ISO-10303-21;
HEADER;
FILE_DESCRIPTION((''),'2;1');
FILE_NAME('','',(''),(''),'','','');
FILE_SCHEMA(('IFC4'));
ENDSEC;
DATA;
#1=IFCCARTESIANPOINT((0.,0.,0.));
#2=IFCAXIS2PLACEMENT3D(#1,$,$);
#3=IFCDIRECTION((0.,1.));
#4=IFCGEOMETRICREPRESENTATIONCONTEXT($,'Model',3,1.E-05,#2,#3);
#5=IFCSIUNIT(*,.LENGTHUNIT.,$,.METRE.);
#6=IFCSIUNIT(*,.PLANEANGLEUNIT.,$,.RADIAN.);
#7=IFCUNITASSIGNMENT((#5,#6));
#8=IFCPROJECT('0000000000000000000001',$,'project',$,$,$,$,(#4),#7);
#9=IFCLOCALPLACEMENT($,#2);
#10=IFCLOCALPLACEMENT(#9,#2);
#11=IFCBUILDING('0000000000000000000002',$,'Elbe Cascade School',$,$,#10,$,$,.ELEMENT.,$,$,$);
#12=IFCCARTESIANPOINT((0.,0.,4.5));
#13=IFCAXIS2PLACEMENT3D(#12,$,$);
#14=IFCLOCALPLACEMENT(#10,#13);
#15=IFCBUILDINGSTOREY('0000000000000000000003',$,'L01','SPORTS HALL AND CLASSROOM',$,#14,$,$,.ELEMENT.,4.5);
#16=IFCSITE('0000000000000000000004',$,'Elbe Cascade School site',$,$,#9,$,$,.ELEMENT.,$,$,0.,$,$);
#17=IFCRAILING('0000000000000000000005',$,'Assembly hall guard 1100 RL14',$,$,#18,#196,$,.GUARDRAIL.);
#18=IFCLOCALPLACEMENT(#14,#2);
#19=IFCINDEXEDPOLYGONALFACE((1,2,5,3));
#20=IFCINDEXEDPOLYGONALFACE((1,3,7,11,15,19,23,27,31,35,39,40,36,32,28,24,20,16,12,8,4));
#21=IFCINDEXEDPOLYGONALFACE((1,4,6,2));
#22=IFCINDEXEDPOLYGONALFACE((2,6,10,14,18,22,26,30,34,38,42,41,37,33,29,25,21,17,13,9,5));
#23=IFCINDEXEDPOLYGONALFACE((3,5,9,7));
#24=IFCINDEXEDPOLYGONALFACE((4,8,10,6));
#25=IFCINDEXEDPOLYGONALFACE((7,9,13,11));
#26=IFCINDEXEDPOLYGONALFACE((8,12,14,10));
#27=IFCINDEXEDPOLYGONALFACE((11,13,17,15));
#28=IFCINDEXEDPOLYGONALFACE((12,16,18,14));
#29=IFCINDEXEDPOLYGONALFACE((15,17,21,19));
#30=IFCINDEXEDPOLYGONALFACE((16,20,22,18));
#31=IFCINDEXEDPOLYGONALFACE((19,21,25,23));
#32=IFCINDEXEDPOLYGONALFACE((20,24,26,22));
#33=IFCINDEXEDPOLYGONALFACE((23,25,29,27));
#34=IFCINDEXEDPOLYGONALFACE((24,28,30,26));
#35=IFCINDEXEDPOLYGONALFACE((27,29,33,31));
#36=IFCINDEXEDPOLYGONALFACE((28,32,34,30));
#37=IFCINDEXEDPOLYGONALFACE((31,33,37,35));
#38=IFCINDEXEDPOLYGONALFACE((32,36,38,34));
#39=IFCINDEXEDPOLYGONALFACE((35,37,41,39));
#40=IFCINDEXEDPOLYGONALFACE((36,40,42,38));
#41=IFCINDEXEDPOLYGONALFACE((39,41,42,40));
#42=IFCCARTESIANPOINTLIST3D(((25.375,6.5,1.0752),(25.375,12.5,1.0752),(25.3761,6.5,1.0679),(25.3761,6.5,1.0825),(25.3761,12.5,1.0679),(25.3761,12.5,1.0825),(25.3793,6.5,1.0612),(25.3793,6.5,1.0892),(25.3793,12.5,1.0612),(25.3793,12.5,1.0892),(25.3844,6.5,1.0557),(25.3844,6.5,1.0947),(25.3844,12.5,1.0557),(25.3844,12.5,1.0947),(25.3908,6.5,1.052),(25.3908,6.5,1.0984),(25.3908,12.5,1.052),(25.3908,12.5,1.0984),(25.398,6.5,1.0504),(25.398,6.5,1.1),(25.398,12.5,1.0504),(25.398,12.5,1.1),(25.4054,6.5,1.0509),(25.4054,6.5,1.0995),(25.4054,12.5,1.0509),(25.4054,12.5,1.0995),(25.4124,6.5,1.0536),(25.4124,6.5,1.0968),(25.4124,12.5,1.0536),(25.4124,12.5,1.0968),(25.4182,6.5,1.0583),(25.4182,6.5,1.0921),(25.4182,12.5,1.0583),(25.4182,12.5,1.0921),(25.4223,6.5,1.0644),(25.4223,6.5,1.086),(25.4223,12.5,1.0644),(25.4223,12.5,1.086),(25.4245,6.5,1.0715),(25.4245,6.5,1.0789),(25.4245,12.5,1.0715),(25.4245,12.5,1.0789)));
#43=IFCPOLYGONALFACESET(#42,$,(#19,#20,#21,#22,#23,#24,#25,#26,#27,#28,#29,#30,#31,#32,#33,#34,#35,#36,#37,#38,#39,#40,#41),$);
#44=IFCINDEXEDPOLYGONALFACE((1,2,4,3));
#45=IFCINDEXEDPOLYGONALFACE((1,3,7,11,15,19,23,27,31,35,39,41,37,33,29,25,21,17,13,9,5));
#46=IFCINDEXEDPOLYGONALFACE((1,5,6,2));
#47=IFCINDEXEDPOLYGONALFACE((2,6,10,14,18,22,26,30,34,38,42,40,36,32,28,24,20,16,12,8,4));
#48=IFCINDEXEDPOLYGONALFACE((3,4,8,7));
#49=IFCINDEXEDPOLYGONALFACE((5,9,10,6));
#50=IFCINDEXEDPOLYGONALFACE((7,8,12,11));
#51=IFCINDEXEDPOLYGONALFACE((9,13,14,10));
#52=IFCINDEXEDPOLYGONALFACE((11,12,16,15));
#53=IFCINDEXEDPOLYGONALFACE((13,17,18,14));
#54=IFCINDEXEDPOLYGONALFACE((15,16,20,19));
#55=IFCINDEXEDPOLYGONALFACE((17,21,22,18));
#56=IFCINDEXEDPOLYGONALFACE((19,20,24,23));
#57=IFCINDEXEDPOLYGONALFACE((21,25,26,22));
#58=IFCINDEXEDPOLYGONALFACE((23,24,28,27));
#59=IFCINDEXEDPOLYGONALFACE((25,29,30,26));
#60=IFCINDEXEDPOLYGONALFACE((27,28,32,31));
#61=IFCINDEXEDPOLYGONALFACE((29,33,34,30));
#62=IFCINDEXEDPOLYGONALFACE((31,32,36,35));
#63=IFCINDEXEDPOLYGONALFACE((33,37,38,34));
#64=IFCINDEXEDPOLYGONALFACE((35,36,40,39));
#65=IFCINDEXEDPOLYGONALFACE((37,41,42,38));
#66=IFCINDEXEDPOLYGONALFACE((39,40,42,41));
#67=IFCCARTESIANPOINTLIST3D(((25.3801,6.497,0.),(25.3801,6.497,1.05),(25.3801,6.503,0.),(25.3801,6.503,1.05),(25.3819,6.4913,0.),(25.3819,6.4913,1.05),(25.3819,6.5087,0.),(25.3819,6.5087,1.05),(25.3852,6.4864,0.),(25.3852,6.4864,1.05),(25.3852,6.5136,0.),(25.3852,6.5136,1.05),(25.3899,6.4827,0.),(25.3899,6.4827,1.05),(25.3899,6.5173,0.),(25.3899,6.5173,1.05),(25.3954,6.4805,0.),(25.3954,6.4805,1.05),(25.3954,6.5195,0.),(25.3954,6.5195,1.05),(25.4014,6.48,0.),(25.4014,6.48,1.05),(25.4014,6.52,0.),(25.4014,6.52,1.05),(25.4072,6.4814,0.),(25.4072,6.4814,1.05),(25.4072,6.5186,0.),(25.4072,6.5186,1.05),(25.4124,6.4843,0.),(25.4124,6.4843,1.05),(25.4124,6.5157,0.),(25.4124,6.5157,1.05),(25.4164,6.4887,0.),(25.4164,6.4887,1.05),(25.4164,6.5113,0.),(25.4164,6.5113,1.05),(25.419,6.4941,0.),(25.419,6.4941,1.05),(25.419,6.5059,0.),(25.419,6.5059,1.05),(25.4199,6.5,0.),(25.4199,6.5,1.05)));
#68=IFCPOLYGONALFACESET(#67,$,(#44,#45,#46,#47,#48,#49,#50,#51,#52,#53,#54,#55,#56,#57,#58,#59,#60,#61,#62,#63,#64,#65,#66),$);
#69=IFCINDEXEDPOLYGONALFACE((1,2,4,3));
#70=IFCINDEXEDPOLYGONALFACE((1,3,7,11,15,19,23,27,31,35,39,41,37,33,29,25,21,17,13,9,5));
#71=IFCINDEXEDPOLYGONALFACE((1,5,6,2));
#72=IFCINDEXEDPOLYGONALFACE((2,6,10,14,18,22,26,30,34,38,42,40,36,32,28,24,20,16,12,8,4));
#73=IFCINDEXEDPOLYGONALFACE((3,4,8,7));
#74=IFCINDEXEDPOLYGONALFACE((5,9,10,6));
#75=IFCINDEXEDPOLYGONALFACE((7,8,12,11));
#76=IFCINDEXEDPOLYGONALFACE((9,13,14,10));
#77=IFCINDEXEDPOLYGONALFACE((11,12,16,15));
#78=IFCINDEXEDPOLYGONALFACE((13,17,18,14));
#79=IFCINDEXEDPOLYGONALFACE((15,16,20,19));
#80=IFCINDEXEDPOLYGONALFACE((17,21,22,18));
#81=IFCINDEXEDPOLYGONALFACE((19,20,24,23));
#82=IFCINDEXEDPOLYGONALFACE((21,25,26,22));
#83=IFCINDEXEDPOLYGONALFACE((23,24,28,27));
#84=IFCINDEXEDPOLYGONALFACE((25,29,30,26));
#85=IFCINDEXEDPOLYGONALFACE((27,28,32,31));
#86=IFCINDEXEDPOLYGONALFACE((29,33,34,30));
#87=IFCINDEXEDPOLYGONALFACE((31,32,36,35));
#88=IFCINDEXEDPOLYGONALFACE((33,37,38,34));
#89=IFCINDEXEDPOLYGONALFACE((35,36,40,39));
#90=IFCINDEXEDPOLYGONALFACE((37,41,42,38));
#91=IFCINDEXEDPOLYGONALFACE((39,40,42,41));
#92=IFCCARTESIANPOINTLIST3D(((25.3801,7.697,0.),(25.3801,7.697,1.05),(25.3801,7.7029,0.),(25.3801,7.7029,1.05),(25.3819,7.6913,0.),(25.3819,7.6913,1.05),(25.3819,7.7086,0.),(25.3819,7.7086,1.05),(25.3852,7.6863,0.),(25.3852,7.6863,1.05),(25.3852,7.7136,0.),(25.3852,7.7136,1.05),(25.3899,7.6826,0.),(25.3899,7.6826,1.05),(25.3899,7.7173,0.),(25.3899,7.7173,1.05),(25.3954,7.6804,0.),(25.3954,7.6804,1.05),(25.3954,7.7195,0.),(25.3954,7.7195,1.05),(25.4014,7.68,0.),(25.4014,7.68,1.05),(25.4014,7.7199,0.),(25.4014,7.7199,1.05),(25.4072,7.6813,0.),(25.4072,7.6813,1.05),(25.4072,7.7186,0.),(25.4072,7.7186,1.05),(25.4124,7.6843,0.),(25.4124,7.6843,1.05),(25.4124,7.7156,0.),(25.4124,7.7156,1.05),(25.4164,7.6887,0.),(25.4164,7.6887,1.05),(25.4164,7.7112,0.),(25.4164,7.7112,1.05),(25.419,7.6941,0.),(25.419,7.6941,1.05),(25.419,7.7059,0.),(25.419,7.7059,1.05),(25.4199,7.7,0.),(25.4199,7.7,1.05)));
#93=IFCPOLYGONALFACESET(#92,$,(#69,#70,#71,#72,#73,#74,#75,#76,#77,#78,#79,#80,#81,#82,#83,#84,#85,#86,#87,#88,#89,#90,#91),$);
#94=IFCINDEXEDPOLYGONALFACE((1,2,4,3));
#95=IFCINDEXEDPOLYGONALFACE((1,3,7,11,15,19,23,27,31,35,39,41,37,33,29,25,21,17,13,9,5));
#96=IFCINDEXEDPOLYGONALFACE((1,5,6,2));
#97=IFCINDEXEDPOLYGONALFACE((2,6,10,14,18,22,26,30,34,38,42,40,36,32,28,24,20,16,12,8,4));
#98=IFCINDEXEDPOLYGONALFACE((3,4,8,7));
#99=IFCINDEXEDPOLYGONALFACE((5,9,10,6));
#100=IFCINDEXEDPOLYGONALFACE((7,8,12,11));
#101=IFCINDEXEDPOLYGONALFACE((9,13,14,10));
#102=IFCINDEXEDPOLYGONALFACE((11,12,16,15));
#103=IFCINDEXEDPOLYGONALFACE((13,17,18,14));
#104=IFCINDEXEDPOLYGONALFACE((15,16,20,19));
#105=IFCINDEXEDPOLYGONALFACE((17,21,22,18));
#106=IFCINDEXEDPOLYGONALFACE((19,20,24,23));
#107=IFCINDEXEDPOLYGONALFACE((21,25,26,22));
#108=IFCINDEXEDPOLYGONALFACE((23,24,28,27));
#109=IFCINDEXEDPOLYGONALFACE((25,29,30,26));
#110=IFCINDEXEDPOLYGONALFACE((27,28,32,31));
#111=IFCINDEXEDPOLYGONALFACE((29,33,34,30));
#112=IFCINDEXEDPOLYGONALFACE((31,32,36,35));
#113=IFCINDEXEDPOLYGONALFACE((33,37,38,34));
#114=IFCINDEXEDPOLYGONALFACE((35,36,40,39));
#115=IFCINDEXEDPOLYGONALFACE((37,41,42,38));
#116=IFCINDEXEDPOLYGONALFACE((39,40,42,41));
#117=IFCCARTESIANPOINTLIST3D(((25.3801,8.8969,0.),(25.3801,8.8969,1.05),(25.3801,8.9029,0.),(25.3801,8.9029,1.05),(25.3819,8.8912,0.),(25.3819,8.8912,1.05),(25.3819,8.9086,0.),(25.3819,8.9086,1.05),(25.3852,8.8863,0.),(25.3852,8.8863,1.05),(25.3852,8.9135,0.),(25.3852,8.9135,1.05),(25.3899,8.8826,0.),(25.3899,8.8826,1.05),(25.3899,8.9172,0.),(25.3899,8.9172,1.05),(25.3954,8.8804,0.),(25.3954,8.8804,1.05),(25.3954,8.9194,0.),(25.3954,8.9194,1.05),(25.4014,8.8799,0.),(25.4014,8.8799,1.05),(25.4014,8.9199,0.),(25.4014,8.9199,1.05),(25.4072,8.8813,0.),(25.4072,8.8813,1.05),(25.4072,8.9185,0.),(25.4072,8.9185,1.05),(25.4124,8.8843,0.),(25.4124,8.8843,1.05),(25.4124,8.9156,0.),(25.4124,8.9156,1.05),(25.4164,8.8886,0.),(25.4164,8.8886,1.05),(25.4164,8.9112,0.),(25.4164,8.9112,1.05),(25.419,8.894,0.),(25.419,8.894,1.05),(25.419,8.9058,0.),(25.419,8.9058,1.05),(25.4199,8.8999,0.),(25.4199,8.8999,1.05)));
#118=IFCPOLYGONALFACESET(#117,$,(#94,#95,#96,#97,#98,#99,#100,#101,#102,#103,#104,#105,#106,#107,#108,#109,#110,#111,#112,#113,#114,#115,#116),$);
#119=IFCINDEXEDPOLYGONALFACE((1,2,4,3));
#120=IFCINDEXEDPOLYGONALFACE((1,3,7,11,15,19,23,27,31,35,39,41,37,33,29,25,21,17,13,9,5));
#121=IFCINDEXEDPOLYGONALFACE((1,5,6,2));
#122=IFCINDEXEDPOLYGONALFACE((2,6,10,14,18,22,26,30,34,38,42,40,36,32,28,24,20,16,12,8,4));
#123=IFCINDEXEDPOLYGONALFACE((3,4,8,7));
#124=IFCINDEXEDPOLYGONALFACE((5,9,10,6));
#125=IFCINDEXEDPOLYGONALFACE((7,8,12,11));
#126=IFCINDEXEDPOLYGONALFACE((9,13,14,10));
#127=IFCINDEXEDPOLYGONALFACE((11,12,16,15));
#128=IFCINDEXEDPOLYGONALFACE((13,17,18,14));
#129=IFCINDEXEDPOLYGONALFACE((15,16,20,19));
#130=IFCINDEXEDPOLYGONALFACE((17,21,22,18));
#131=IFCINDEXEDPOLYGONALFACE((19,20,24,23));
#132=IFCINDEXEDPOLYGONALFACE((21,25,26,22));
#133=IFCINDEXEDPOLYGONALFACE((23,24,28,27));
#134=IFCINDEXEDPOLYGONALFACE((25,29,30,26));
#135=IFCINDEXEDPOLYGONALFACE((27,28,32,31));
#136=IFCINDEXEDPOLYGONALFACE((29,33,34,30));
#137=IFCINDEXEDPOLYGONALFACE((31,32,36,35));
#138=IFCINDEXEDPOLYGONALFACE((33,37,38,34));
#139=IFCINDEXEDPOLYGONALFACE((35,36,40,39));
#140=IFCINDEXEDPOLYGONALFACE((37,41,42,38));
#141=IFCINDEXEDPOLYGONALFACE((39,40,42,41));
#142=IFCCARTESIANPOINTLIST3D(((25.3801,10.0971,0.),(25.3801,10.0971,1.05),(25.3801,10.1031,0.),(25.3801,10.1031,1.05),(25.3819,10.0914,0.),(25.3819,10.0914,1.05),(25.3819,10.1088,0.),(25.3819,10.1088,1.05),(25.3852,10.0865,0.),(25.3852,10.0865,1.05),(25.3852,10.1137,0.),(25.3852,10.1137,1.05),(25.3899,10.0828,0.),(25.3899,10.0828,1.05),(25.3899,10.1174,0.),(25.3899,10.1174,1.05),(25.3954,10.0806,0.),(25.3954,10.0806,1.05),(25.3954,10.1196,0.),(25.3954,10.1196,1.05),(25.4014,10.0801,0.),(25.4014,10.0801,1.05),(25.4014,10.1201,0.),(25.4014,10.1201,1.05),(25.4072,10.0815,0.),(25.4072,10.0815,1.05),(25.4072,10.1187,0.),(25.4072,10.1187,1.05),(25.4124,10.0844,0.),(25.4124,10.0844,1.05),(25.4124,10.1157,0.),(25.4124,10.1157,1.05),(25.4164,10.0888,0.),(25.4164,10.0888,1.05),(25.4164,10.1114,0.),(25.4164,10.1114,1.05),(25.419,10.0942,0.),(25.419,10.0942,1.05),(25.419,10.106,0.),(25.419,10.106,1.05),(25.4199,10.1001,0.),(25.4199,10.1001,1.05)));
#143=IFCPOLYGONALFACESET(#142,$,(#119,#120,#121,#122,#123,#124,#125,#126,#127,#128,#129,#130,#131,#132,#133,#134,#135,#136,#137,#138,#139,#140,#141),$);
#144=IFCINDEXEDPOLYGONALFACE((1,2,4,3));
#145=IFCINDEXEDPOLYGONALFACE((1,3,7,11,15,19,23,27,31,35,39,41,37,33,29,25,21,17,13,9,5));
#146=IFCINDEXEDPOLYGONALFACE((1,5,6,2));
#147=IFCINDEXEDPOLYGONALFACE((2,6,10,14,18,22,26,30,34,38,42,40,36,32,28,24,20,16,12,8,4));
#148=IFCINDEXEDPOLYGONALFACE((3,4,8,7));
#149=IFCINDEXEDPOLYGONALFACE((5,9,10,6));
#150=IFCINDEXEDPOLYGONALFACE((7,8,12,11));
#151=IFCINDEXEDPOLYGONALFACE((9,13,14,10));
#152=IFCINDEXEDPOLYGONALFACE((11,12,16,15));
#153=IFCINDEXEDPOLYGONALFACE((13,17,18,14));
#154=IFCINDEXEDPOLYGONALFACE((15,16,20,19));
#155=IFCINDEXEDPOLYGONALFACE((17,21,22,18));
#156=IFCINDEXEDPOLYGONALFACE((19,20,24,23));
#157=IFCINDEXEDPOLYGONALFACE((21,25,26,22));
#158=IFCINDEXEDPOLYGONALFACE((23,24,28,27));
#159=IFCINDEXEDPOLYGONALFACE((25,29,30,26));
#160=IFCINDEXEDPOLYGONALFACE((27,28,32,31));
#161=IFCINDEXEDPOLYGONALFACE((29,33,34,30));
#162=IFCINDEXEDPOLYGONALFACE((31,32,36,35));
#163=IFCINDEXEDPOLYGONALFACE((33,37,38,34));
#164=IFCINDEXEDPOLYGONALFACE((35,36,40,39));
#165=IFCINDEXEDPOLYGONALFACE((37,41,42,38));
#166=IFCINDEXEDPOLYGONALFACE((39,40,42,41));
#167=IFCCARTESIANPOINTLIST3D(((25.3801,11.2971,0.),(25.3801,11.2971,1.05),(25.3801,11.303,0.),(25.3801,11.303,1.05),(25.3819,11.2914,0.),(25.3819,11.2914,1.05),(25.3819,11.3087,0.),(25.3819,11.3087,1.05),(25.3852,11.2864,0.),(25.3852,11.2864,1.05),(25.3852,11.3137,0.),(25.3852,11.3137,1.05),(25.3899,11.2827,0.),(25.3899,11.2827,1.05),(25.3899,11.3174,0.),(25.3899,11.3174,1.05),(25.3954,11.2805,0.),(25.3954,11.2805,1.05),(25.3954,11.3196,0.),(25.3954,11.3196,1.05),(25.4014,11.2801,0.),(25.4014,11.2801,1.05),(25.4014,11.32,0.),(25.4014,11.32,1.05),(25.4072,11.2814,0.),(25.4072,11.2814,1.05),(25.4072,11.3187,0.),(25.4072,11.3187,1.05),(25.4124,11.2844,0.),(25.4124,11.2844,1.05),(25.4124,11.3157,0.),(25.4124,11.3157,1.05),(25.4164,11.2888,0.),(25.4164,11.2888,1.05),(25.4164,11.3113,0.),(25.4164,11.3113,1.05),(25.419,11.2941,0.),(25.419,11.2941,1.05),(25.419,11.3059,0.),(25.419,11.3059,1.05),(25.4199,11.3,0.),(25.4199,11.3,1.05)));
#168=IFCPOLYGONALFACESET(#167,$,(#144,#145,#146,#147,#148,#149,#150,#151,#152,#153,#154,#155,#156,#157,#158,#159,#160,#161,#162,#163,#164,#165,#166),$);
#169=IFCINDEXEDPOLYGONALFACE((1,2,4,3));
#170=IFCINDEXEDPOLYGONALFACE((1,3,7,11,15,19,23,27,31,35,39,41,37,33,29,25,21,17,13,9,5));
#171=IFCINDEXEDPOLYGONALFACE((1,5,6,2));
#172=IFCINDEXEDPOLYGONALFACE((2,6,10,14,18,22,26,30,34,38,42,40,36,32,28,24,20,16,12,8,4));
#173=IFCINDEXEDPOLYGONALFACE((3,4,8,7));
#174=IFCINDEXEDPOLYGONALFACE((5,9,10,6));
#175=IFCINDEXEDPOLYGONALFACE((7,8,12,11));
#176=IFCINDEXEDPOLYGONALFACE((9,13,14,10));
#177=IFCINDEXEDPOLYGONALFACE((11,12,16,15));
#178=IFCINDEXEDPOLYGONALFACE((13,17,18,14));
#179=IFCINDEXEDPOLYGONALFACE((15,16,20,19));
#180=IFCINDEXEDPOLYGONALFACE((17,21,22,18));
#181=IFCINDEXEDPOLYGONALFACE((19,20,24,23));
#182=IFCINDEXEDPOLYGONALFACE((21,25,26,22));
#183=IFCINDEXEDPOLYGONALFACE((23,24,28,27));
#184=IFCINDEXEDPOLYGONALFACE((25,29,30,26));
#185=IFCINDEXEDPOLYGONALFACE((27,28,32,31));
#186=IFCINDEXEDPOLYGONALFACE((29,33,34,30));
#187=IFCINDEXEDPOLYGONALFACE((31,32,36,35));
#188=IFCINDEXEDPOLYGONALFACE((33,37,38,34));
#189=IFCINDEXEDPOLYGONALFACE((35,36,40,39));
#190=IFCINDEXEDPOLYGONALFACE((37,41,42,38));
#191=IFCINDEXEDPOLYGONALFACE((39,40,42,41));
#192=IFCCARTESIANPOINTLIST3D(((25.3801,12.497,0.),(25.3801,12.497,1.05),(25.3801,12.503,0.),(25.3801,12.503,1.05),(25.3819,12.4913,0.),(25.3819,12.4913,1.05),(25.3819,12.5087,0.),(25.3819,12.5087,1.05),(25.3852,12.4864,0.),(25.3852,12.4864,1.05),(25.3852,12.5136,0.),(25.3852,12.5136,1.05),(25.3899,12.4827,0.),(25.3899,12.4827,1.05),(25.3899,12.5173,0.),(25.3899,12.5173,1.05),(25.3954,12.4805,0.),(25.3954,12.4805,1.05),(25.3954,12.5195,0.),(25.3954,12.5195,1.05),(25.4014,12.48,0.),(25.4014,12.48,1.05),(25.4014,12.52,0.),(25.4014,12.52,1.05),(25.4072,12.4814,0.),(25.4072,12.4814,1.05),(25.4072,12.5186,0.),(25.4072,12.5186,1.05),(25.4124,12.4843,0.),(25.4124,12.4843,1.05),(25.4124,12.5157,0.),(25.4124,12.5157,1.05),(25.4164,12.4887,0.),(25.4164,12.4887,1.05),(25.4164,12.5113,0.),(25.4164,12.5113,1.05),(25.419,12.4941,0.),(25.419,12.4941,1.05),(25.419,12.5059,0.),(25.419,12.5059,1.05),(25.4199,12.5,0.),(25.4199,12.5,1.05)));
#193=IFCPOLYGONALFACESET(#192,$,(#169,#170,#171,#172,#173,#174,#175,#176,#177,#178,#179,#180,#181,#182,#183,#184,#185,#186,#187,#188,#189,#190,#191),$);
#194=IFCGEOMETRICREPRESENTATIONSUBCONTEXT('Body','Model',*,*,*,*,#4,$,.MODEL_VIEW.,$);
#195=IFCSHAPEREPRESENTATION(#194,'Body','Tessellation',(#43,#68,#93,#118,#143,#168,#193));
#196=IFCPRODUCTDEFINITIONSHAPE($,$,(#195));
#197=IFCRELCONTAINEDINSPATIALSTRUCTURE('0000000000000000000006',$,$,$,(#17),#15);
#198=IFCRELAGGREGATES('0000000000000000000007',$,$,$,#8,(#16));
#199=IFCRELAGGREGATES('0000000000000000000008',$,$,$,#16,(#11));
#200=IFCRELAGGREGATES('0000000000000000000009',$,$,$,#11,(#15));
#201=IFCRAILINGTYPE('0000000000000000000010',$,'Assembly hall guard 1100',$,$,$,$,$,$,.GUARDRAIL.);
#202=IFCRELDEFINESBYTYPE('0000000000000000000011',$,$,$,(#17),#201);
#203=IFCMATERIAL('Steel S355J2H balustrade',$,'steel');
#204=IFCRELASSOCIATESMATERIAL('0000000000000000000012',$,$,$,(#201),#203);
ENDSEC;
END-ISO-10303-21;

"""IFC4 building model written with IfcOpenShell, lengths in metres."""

from ifc_helpers import new_model, si_unit, direction, frame, origin, origin_2d, place, context, subcontext, project, spatial, circle, extrude, material, type_object, element, save


model = new_model("IFC4")

# Units and contexts
model_context = context("Model", 3, precision=1e-05, world=origin(), true_north=direction((0.0, 1.0)))
body_context = subcontext(model_context, "Body", "Model", "MODEL_VIEW")
ifc_project = project(units=[si_unit("LENGTHUNIT", "METRE"), si_unit("PLANEANGLEUNIT", "RADIAN")], contexts=[model_context])

# Site, building, storey
site_placement = place(None, origin())
site = spatial("IfcSite", under=ifc_project, at=site_placement, Name="Elbe Cascade School site", CompositionType="ELEMENT", RefElevation=0.0)
building_placement = place(site_placement, origin())
building = spatial("IfcBuilding", under=site, at=building_placement, Name="Elbe Cascade School", CompositionType="ELEMENT")
storey_placement = place(building_placement, frame((0.0, 0.0, 4.5)))
storey = spatial("IfcBuildingStorey", under=building, at=storey_placement, Name="L01", Description="SPORTS HALL AND CLASSROOM", CompositionType="ELEMENT", Elevation=4.5)

# Railing
ifc_material_1 = material(Name="Steel S355J2H balustrade", Category="steel")
railing_type = type_object("IfcRailingType", Name="Assembly hall guard 1100", PredefinedType="GUARDRAIL", material=ifc_material_1)
for number, where, name in (
    (1, (25.3999, 6.5, 0.0), "Assembly hall guard 1100 RL14"),
):
    element("IfcRailing", number, at=place(storey_placement, frame(where)), inside=storey, type_object=railing_type, Name=name, PredefinedType="GUARDRAIL", context=body_context, shape_type="SweptSolid", body=[
        extrude(circle(Radius=0.0249, at=origin_2d()), frame((0.0, 0.0, 1.0752), z_axis=(0.0, 1.0, 0.0), x_axis=(-1.0, 0.0, 0.0)), (0.0, 0.0, 1.0), 6.0),
        extrude(circle(Radius=0.02, at=origin_2d()), origin(), (0.0, 0.0, 1.0), 1.05),
        extrude(circle(Radius=0.02, at=origin_2d()), frame((0.0, 1.2, 0.0)), (0.0, 0.0, 1.0), 1.05),
        extrude(circle(Radius=0.02, at=origin_2d()), frame((0.0, 2.3999, 0.0)), (0.0, 0.0, 1.0), 1.05),
        extrude(circle(Radius=0.02, at=origin_2d()), frame((0.0, 3.6001, 0.0)), (0.0, 0.0, 1.0), 1.05),
        extrude(circle(Radius=0.02, at=origin_2d()), frame((0.0, 4.8, 0.0)), (0.0, 0.0, 1.0), 1.05),
        extrude(circle(Radius=0.02, at=origin_2d()), frame((0.0, 6.0, 0.0)), (0.0, 0.0, 1.0), 1.05),
    ])

save(model, "model.ifc")
